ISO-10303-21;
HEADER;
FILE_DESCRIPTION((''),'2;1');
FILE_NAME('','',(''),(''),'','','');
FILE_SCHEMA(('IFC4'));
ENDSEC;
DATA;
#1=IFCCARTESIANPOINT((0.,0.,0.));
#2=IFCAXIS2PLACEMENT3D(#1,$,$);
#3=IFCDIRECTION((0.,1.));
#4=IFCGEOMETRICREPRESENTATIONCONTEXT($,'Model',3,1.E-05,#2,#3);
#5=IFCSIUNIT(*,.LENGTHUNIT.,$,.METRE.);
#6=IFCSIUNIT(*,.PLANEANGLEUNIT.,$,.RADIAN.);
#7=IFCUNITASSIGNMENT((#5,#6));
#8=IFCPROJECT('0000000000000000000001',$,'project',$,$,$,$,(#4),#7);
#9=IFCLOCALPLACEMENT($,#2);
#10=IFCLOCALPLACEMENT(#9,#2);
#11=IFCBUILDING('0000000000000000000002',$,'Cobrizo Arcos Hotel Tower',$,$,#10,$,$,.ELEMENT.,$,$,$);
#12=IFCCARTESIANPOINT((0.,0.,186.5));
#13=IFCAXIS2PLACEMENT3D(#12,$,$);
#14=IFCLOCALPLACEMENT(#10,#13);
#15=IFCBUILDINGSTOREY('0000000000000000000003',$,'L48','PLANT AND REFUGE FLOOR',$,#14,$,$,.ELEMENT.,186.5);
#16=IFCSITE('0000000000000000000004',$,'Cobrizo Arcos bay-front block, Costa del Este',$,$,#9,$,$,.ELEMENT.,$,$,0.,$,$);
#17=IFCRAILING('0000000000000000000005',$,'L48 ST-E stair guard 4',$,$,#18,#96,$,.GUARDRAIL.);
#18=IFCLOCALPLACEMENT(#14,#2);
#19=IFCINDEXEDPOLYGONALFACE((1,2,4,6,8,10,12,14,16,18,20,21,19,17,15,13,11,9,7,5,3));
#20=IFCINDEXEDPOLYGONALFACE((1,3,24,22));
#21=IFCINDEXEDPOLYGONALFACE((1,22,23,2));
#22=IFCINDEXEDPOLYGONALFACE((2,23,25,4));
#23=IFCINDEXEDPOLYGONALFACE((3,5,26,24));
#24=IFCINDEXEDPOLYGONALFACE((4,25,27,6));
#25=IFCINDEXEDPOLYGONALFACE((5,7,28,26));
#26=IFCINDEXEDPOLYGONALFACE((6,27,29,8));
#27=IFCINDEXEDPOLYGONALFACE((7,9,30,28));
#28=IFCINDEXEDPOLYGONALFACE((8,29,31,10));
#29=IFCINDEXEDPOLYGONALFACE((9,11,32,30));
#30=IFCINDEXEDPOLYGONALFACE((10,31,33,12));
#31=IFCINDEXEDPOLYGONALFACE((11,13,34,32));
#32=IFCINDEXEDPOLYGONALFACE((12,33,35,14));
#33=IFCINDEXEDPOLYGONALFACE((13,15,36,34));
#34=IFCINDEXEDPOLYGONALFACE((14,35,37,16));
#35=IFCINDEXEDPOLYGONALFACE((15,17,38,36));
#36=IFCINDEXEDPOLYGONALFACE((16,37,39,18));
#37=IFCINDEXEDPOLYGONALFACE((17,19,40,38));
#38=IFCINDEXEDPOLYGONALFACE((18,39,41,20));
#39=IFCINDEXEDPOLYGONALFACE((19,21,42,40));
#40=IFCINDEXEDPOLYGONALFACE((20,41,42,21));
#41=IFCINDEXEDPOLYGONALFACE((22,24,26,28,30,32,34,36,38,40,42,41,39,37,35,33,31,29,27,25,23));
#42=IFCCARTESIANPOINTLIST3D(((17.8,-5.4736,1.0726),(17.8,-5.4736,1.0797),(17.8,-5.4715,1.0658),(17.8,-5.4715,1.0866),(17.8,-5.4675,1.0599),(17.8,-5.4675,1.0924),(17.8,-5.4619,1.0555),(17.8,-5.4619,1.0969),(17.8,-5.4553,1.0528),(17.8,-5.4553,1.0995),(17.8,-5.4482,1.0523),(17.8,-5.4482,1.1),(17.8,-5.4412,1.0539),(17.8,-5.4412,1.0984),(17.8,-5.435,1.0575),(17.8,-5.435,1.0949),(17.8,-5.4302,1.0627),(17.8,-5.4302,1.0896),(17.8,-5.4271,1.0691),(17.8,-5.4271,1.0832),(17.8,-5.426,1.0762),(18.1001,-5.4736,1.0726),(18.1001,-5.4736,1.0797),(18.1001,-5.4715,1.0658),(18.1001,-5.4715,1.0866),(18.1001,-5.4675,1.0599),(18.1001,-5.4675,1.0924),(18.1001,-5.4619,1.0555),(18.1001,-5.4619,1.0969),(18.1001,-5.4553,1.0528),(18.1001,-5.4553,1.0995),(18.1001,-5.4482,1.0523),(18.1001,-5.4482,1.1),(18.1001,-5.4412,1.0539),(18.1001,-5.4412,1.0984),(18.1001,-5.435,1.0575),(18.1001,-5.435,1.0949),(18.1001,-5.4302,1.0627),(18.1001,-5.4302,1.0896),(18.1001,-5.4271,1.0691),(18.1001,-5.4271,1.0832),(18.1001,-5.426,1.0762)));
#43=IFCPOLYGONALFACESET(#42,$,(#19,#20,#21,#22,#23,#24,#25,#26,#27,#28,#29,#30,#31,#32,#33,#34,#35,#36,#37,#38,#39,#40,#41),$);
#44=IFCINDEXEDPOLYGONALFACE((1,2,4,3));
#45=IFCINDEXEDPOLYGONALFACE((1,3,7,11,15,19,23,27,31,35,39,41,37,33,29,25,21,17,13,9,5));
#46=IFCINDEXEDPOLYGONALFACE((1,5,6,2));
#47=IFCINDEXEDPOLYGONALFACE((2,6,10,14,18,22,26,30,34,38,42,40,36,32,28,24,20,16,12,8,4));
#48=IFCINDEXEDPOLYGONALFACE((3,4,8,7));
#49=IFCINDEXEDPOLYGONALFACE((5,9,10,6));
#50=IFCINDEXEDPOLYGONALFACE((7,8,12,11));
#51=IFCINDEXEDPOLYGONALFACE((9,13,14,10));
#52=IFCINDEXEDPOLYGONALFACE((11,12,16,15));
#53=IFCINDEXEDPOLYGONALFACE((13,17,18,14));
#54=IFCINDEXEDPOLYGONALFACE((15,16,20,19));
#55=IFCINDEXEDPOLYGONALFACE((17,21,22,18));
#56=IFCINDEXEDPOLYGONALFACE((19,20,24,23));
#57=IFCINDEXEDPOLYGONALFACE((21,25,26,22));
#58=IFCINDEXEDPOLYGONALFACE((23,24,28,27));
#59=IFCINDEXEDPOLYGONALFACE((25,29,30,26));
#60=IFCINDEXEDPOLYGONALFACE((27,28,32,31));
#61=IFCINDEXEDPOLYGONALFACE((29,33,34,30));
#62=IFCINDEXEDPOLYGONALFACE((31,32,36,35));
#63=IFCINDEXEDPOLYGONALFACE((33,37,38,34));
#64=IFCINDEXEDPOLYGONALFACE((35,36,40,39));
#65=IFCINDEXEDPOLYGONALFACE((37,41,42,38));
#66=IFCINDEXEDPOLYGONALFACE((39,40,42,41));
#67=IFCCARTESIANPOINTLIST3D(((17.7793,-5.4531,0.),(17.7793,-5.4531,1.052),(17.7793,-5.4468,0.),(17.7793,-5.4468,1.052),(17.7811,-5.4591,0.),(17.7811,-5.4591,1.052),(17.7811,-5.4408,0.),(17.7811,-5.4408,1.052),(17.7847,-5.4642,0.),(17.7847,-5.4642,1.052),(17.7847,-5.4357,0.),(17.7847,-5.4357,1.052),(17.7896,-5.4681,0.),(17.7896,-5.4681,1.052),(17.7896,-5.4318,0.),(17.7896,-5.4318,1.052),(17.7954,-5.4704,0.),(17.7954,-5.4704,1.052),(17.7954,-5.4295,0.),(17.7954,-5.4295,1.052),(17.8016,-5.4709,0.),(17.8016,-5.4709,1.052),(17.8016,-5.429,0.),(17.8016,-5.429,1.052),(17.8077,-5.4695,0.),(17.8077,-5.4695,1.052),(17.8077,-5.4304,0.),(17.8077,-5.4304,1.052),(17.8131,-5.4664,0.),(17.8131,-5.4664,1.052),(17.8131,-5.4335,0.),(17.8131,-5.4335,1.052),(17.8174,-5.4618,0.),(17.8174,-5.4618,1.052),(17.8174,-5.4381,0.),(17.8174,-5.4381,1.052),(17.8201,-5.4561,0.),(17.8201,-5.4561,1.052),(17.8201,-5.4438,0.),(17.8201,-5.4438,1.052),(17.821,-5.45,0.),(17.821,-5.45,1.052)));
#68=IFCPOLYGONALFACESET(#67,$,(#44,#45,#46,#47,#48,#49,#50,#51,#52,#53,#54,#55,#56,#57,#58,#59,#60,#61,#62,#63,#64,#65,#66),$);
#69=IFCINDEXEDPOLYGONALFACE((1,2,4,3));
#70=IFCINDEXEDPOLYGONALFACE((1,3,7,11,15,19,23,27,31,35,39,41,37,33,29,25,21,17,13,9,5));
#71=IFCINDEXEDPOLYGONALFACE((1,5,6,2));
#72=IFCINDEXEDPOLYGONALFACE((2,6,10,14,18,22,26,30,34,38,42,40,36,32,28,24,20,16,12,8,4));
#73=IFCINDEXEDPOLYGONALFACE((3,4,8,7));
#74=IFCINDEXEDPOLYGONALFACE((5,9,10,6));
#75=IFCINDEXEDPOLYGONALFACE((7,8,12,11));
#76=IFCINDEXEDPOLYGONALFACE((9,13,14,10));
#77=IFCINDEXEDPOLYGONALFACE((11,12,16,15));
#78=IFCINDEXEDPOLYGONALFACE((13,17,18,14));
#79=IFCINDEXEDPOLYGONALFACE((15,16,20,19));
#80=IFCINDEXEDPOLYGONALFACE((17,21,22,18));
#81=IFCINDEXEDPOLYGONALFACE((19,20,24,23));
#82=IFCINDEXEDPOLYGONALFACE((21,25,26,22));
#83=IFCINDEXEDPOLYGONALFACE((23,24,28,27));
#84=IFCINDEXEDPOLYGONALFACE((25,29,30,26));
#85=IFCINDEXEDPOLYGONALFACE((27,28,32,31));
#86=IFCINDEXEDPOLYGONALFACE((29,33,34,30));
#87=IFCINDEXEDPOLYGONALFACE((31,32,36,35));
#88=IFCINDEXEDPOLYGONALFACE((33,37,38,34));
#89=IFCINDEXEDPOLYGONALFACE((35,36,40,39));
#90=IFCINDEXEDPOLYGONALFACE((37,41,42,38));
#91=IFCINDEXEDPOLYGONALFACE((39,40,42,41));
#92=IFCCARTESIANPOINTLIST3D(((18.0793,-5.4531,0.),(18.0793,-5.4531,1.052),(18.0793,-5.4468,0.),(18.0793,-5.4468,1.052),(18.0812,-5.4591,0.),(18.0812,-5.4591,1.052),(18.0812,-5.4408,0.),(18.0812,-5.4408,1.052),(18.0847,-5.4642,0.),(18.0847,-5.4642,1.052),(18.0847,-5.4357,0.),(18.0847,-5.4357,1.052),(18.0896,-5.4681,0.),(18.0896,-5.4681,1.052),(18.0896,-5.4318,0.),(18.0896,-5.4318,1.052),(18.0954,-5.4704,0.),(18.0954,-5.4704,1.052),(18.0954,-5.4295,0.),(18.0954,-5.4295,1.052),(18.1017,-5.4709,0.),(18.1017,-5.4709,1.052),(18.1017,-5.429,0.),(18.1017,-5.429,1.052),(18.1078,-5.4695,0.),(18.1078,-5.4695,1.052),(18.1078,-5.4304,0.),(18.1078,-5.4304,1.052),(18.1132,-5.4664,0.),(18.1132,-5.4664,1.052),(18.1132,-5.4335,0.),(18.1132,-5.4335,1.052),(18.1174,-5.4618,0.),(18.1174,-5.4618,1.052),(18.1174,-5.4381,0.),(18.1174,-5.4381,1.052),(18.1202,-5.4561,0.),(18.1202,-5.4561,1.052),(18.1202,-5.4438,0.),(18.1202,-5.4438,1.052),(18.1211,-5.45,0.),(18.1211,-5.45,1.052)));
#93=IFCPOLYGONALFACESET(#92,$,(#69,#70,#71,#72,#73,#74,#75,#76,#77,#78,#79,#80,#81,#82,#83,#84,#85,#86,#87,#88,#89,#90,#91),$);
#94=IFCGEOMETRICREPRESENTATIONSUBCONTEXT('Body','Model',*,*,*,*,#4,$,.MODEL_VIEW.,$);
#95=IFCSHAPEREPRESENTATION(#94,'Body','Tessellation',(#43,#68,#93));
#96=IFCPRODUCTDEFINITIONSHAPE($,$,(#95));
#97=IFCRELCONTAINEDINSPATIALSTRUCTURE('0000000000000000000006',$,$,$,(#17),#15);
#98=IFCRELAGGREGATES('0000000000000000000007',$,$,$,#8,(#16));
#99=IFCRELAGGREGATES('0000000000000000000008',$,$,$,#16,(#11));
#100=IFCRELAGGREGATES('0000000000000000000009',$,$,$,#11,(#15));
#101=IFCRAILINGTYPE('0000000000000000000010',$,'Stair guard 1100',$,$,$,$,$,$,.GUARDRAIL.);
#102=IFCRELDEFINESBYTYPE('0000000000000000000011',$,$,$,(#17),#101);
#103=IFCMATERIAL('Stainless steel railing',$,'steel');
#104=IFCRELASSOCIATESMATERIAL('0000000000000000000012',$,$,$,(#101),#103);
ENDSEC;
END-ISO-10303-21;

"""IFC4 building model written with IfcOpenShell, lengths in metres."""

from ifc_helpers import new_model, si_unit, direction, frame, origin, origin_2d, place, context, subcontext, project, spatial, circle, extrude, material, type_object, element, save


model = new_model("IFC4")

# Units and contexts
model_context = context("Model", 3, precision=1e-05, world=origin(), true_north=direction((0.0, 1.0)))
body_context = subcontext(model_context, "Body", "Model", "MODEL_VIEW")
ifc_project = project(units=[si_unit("LENGTHUNIT", "METRE"), si_unit("PLANEANGLEUNIT", "RADIAN")], contexts=[model_context])

# Site, building, storey
site_placement = place(None, origin())
site = spatial("IfcSite", under=ifc_project, at=site_placement, Name="Cobrizo Arcos bay-front block, Costa del Este", CompositionType="ELEMENT", RefElevation=0.0)
building_placement = place(site_placement, origin())
building = spatial("IfcBuilding", under=site, at=building_placement, Name="Cobrizo Arcos Hotel Tower", CompositionType="ELEMENT")
storey_placement = place(building_placement, frame((0.0, 0.0, 186.5)))
storey = spatial("IfcBuildingStorey", under=building, at=storey_placement, Name="L48", Description="PLANT AND REFUGE FLOOR", CompositionType="ELEMENT", Elevation=186.5)

# Railing
ifc_material_1 = material(Name="Stainless steel railing", Category="steel")
railing_type_1 = type_object("IfcRailingType", Name="Stair guard 1100", PredefinedType="GUARDRAIL", material=ifc_material_1)
railing_1_placement = place(storey_placement, frame((17.8, -5.45, 0.0)))
element("IfcRailing", 1, at=railing_1_placement, inside=storey, type_object=railing_type_1, Name="L48 ST-E stair guard 4", PredefinedType="GUARDRAIL", context=body_context, shape_type="SweptSolid", body=[
    extrude(circle(Radius=0.0239, at=origin_2d()), frame((0.0, 0.0, 1.0762), z_axis=(1.0, 0.0, 0.0), x_axis=(0.0, 1.0, 0.0)), (0.0, 0.0, 1.0), 0.3),
    extrude(circle(Radius=0.021, at=origin_2d()), origin(), (0.0, 0.0, 1.0), 1.052),
    extrude(circle(Radius=0.021, at=origin_2d()), frame((0.3, 0.0, 0.0)), (0.0, 0.0, 1.0), 1.052),
])

save(model, "model.ifc")
